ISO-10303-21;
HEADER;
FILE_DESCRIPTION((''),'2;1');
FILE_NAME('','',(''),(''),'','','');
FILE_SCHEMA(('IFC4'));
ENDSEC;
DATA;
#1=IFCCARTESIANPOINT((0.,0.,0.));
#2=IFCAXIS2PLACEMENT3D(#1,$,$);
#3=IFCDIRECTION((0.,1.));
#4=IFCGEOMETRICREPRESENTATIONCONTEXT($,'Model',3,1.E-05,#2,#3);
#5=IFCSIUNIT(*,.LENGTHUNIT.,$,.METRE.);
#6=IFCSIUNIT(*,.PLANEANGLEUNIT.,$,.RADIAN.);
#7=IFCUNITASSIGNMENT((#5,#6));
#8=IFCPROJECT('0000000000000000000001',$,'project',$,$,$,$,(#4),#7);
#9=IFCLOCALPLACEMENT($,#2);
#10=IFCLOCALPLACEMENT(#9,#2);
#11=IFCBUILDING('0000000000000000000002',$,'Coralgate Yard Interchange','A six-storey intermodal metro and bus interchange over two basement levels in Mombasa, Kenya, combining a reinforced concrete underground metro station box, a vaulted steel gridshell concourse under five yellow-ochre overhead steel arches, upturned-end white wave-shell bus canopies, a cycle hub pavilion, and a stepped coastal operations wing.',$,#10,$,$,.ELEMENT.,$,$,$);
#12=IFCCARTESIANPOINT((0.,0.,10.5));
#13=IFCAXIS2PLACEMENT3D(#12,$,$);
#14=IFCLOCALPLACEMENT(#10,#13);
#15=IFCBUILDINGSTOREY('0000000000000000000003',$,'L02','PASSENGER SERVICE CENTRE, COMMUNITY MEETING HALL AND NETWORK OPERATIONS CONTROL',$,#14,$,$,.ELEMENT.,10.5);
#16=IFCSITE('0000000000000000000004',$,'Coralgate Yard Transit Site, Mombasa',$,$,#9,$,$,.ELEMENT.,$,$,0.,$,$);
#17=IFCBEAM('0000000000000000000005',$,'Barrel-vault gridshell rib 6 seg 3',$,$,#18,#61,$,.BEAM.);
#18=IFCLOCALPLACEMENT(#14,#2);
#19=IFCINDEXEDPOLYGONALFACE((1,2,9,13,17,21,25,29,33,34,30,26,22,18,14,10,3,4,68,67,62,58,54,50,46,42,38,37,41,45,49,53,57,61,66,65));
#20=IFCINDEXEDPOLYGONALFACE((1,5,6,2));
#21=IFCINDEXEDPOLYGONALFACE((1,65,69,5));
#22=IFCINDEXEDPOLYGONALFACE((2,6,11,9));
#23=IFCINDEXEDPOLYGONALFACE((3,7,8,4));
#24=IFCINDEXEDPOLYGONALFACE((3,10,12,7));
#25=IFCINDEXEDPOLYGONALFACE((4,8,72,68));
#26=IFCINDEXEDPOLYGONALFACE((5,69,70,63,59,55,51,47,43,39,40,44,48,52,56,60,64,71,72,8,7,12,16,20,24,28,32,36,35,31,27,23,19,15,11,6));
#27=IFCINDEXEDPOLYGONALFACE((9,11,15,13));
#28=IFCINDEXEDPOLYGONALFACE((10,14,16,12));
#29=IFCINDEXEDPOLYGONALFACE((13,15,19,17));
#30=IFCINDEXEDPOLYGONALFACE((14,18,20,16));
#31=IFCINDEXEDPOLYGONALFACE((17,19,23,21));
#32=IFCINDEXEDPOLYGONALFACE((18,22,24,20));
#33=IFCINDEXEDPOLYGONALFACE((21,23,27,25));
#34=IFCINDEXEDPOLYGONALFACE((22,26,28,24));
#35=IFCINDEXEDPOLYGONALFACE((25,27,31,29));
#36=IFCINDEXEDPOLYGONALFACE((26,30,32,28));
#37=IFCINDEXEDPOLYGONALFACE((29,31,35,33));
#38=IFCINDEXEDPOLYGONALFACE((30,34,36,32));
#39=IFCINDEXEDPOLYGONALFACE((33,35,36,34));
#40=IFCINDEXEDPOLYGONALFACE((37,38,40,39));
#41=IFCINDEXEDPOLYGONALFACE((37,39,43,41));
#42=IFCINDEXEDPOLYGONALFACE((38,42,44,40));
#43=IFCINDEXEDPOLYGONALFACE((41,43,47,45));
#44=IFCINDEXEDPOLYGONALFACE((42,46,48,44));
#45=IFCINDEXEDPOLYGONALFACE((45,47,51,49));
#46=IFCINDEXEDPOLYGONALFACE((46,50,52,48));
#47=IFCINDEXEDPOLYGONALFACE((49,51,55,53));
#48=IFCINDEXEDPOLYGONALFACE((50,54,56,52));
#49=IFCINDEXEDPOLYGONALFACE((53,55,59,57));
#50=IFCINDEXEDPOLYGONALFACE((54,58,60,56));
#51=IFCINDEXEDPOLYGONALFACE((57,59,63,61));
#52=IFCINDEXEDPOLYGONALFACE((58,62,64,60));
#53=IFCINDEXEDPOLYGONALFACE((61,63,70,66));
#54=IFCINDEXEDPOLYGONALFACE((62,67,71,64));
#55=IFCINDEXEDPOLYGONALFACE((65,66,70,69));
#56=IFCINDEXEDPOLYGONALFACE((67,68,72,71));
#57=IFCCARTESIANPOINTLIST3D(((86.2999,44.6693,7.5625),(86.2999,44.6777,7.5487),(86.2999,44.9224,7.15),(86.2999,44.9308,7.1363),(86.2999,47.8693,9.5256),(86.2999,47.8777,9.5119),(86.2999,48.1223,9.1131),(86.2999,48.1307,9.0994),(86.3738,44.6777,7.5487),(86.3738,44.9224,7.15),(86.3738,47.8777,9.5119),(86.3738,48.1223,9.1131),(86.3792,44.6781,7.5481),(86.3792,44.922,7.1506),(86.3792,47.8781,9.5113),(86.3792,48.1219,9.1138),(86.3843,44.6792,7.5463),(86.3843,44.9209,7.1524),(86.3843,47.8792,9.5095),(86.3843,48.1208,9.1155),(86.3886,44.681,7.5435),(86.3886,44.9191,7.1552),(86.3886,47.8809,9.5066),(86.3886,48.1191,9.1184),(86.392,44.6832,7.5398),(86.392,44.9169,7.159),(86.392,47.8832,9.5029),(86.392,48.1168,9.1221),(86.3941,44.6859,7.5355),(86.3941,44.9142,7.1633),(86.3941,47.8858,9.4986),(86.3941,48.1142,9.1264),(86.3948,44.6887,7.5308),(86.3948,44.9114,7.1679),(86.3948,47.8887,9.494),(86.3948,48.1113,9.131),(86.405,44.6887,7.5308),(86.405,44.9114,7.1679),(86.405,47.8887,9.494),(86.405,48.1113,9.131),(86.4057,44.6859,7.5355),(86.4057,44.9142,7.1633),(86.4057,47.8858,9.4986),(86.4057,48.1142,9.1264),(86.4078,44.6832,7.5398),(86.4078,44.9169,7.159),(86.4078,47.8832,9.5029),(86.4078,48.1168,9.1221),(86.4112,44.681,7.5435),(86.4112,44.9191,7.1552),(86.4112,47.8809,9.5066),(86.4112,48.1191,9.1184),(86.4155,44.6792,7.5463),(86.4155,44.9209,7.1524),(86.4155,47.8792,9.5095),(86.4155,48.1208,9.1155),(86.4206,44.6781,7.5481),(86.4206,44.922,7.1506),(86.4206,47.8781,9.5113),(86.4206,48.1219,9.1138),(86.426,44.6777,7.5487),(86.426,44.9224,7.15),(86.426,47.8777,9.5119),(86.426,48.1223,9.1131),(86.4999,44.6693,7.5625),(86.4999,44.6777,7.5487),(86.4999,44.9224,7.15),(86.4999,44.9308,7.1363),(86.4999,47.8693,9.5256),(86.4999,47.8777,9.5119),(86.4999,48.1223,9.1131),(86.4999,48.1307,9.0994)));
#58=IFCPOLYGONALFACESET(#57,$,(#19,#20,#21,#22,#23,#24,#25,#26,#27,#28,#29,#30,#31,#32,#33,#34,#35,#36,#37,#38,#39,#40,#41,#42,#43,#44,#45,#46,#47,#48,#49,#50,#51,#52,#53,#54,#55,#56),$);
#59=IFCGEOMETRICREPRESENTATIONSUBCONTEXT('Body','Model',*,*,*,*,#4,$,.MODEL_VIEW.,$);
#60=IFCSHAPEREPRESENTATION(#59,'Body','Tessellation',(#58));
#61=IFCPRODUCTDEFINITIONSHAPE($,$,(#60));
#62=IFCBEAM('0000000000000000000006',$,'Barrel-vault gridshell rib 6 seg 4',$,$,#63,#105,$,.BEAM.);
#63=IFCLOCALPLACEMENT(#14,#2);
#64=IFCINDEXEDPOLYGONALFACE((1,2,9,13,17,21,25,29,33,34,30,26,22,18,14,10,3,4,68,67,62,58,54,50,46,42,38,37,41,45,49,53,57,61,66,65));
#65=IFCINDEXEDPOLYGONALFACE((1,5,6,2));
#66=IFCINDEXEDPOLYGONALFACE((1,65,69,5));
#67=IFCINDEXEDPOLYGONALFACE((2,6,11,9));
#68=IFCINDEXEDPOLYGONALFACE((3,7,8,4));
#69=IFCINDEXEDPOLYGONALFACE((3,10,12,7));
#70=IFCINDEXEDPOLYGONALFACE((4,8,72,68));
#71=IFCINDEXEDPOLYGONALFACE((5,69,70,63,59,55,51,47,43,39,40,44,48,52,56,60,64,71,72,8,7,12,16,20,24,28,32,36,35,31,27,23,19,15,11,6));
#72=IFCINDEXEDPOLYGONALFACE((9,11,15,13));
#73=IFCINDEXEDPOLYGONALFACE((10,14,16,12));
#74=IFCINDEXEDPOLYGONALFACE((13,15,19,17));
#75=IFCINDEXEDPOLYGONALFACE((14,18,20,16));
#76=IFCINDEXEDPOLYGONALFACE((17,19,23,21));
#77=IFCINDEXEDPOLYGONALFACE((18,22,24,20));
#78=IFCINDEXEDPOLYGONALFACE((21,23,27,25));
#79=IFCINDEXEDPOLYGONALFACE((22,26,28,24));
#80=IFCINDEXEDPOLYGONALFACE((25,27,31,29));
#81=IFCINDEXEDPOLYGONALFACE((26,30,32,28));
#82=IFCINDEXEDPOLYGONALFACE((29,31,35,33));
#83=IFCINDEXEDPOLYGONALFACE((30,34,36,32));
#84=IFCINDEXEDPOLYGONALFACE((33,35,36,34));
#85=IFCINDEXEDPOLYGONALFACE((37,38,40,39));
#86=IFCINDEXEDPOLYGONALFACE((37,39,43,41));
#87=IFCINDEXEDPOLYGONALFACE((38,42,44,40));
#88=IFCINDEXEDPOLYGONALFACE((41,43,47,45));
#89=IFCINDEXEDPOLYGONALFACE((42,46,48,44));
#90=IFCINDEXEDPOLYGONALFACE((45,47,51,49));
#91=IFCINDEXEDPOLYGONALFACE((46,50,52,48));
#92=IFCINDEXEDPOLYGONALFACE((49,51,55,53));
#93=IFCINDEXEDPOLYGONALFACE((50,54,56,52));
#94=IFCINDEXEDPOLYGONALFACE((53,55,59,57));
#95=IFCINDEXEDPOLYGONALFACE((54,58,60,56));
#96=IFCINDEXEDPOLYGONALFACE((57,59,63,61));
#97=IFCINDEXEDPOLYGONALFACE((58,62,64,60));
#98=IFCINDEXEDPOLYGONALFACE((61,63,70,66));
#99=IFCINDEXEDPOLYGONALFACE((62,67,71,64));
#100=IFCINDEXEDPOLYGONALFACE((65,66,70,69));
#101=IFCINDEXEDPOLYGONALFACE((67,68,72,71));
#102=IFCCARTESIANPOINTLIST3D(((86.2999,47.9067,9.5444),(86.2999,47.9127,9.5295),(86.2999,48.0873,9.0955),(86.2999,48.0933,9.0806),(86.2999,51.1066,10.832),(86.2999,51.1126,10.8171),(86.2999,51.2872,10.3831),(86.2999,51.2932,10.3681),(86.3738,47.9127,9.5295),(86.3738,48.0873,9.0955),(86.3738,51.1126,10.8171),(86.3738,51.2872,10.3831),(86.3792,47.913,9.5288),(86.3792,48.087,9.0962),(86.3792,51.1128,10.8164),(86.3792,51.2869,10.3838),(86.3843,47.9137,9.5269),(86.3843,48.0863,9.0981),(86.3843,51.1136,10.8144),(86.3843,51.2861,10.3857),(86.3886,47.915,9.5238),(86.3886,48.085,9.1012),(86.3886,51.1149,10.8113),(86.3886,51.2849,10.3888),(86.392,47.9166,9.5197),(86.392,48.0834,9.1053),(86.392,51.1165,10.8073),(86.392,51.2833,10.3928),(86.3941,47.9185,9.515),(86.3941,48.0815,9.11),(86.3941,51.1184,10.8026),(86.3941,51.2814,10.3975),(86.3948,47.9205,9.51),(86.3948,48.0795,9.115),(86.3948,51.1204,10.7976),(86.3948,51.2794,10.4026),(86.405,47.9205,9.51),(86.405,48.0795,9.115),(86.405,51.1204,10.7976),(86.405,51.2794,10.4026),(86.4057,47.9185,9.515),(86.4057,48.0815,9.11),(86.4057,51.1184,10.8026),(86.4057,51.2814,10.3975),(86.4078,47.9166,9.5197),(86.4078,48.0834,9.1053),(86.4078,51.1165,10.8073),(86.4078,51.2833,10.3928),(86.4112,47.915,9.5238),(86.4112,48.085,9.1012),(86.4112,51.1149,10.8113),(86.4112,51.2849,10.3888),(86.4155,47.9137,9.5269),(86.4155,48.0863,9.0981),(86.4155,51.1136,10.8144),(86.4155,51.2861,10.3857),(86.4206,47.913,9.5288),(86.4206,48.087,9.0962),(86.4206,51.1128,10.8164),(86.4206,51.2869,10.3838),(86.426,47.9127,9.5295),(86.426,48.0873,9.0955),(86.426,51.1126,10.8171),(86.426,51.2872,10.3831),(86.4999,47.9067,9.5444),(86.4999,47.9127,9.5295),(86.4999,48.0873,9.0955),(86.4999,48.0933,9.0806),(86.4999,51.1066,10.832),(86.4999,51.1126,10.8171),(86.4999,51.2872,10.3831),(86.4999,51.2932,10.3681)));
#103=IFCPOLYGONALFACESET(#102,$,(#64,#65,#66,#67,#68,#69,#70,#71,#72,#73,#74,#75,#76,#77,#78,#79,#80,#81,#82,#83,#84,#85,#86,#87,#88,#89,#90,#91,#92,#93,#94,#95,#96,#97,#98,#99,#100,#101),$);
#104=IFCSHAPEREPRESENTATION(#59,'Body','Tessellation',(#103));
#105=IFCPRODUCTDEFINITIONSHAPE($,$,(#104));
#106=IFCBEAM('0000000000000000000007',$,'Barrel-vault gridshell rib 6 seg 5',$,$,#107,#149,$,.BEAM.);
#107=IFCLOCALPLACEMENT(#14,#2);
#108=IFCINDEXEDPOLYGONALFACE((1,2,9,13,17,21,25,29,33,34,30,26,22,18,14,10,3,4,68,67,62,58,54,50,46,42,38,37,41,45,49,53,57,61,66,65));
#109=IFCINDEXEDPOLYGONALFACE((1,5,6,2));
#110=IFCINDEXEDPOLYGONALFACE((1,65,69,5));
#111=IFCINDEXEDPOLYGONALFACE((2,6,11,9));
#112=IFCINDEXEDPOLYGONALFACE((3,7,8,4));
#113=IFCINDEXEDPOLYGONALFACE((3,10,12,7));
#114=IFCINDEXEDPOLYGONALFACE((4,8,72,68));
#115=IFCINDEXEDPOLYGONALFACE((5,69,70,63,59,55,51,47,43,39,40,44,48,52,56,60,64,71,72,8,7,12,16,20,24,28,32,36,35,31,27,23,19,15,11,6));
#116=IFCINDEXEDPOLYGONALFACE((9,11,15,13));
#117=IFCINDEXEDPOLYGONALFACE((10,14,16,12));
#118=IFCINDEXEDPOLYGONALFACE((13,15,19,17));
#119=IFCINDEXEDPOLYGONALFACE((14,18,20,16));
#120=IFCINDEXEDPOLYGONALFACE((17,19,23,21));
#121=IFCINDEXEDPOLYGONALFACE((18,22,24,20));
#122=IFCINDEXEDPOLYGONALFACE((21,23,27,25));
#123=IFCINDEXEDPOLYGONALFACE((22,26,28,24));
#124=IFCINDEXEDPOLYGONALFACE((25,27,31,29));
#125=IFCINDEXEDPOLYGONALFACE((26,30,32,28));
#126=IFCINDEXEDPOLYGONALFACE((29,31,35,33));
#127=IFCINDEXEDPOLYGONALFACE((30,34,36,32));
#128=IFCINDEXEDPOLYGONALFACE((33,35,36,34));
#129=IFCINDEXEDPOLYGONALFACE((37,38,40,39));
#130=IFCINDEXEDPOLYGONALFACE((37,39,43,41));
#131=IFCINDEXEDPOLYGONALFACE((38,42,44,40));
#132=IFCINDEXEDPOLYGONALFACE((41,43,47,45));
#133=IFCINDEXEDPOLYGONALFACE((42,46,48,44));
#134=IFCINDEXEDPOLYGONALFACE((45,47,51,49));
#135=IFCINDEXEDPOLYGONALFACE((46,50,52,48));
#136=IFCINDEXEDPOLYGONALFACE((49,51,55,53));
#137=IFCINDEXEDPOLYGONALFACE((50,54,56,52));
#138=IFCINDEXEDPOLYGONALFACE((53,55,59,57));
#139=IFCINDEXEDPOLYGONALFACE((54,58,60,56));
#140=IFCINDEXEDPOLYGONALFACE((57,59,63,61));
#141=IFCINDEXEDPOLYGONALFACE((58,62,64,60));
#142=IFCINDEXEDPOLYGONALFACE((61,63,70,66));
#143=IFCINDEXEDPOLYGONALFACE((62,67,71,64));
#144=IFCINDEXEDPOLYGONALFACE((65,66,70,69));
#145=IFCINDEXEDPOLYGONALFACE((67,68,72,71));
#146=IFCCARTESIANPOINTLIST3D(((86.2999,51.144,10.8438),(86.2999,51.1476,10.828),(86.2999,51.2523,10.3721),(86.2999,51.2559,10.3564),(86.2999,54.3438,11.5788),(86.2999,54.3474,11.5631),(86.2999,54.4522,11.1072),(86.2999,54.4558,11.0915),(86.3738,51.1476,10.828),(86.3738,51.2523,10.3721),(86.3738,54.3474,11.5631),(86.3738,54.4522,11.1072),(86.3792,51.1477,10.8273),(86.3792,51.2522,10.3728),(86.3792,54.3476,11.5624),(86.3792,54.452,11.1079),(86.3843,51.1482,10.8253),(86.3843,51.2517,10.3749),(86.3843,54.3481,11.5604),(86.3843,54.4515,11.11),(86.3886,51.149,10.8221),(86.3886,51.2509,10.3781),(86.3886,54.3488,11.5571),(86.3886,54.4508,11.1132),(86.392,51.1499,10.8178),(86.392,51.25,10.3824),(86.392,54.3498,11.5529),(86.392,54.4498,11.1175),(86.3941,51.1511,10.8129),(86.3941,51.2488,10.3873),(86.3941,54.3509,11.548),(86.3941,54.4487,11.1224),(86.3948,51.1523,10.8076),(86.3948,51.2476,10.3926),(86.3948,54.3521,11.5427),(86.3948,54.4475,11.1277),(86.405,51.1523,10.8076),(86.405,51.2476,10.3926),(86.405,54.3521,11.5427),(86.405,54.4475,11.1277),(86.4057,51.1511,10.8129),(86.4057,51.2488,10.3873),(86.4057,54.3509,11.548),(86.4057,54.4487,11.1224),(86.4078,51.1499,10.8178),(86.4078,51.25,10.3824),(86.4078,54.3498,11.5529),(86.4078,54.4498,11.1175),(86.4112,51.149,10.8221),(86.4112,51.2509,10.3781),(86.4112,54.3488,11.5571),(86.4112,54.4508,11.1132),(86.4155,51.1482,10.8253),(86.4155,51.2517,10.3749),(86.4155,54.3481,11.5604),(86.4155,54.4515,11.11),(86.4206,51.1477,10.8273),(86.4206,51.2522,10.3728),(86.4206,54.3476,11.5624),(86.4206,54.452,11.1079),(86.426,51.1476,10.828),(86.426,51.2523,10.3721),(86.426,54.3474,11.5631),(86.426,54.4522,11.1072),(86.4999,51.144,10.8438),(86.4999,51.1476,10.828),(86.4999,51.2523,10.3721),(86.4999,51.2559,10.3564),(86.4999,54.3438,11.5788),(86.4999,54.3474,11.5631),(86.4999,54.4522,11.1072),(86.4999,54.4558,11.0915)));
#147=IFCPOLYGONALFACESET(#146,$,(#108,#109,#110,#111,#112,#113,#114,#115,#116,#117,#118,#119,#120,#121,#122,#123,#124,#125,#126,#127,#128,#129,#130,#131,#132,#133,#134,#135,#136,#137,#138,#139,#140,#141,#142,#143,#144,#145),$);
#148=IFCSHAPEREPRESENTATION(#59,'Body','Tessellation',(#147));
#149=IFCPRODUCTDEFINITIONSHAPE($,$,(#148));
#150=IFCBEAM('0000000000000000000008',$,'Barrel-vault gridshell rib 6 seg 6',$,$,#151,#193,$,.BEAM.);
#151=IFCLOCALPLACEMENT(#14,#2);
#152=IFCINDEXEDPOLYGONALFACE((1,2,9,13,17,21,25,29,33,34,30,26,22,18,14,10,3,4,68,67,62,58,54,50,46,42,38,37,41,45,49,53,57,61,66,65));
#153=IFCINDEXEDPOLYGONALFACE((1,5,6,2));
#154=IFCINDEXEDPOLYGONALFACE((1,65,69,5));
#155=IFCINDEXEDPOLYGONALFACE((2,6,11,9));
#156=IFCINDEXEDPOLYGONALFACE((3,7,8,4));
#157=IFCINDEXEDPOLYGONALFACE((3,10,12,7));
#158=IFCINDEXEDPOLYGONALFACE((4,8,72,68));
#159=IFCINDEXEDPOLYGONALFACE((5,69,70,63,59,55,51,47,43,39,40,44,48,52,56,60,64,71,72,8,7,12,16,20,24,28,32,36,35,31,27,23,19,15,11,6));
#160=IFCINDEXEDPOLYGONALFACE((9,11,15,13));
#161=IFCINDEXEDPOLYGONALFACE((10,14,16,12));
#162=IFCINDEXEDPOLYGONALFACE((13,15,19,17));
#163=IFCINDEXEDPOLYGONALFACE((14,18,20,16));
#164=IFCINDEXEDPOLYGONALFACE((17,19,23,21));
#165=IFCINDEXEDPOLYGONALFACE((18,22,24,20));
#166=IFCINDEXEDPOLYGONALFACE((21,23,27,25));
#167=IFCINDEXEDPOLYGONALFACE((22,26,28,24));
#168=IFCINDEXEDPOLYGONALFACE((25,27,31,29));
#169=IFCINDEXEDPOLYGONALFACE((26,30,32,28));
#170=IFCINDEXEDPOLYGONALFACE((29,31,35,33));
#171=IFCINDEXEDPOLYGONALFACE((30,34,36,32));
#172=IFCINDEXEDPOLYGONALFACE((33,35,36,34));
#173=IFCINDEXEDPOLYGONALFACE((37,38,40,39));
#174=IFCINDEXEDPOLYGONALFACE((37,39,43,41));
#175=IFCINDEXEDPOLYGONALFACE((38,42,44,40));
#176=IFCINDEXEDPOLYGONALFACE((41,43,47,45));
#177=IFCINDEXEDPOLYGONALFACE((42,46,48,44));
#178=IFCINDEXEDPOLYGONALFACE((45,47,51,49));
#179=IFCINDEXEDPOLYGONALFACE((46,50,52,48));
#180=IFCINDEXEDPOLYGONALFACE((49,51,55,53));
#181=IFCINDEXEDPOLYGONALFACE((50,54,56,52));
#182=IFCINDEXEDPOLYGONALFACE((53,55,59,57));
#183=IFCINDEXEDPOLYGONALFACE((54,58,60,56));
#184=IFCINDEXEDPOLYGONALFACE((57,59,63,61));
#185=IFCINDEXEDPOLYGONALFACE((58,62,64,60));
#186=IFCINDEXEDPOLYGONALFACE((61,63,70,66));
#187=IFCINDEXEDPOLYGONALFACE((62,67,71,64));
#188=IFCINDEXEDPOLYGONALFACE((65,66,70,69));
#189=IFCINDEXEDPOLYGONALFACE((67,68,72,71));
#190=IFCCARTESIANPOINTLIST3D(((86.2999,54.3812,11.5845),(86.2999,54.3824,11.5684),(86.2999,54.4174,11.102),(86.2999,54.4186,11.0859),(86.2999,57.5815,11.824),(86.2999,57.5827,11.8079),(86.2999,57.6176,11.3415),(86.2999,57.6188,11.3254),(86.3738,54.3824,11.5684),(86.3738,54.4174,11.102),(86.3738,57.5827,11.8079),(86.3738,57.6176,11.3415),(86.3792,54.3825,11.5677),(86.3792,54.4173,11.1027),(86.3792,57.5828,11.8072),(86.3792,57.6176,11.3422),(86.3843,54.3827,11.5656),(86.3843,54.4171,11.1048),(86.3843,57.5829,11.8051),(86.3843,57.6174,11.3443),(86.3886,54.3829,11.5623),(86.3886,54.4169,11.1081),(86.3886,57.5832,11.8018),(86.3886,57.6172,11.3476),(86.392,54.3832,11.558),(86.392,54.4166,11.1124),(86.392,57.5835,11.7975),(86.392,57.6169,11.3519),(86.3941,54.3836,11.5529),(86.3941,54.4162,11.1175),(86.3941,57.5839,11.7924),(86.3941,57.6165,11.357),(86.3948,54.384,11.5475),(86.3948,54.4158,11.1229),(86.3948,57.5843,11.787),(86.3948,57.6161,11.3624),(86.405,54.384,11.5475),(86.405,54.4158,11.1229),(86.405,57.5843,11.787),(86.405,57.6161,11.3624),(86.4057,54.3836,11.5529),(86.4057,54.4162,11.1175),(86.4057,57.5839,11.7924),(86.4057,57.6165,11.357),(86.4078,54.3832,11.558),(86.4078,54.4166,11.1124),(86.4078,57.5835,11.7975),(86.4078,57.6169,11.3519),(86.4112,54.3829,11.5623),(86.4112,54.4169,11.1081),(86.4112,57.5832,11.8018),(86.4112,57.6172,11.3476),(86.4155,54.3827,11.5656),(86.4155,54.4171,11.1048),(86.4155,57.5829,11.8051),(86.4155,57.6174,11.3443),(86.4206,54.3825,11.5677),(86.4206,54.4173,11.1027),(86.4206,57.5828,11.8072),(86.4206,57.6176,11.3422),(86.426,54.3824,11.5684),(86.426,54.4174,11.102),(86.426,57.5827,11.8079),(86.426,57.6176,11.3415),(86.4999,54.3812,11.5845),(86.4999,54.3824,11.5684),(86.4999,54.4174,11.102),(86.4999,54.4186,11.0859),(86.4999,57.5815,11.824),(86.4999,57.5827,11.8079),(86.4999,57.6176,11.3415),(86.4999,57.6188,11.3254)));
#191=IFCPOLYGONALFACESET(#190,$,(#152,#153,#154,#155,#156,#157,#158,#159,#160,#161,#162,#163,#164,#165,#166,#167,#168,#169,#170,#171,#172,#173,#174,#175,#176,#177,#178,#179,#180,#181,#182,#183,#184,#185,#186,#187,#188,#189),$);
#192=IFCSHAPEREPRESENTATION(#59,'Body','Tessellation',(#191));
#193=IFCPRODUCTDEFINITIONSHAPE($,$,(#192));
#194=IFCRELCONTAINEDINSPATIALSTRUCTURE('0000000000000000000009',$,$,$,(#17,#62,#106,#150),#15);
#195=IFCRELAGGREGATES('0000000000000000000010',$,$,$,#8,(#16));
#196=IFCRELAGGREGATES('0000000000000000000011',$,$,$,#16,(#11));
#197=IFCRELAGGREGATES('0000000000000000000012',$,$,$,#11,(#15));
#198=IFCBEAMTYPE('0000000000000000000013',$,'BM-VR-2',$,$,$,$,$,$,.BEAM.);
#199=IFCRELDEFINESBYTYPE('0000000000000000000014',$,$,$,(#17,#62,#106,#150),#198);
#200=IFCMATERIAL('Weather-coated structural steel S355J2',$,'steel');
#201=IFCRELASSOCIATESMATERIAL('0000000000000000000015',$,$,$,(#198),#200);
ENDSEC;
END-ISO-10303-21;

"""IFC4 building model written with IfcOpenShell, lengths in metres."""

from ifc_helpers import new_model, si_unit, direction, frame, origin, origin_2d, place, context, subcontext, project, spatial, i_section, extrude, material, material_profile, profile_set, type_object, element, save


model = new_model("IFC4")

# Units and contexts
model_context = context("Model", 3, precision=1e-05, world=origin(), true_north=direction((0.0, 1.0)))
body_context = subcontext(model_context, "Body", "Model", "MODEL_VIEW")
ifc_project = project(units=[si_unit("LENGTHUNIT", "METRE"), si_unit("PLANEANGLEUNIT", "RADIAN")], contexts=[model_context])

# Site, building, storey
site_placement = place(None, origin())
site = spatial("IfcSite", under=ifc_project, at=site_placement, Name="Coralgate Yard Transit Site, Mombasa", CompositionType="ELEMENT", RefElevation=0.0)
building_placement = place(site_placement, origin())
building = spatial("IfcBuilding", under=site, at=building_placement, Name="Coralgate Yard Interchange", Description="A six-storey intermodal metro and bus interchange over two basement levels in Mombasa, Kenya, combining a reinforced concrete underground metro station box, a vaulted steel gridshell concourse under five yellow-ochre overhead steel arches, upturned-end white wave-shell bus canopies, a cycle hub pavilion, and a stepped coastal operations wing.", CompositionType="ELEMENT")
storey_placement = place(building_placement, frame((0.0, 0.0, 10.5)))
storey = spatial("IfcBuildingStorey", under=building, at=storey_placement, Name="L02", Description="PASSENGER SERVICE CENTRE, COMMUNITY MEETING HALL AND NETWORK OPERATIONS CONTROL", CompositionType="ELEMENT", Elevation=10.5)

# Beams
ifc_material_1 = material(Name="Weather-coated structural steel S355J2", Category="steel")
ifc_material_profile_1 = material_profile(ifc_material_1, i_section(OverallWidth=0.2, OverallDepth=0.5, WebThickness=0.0103, FlangeThickness=0.0161, FilletRadius=0.021, at=origin_2d()), Name="IPE 500")
ifc_profile_set_1 = profile_set([ifc_material_profile_1], Name="Weather-coated structural steel S355J2")
beam_type_1 = type_object("IfcBeamType", Name="BM-VR-2", PredefinedType="BEAM", material=ifc_profile_set_1)
beam_1_placement = place(storey_placement, frame((86.3999, 44.8, 7.3494), z_axis=(0.0, 0.852379, 0.522925), x_axis=(-1.0, 0.0, 0.0)))
element("IfcBeam", 1, at=beam_1_placement, inside=storey, type_object=beam_type_1, Name="Barrel-vault gridshell rib 6 seg 3", PredefinedType="BEAM", context=body_context, shape_type="SweptSolid", body=[
    extrude(i_section(OverallWidth=0.2, OverallDepth=0.5, WebThickness=0.0103, FlangeThickness=0.0161, FilletRadius=0.021, at=origin_2d()), origin(), (0.0, 0.0, 1.0), 3.7542),
])
beam_2_placement = place(storey_placement, frame((86.3999, 48.0, 9.3125), z_axis=(0.0, 0.927713, 0.373294), x_axis=(-1.0, 0.0, 0.0)))
element("IfcBeam", 2, at=beam_2_placement, inside=storey, type_object=beam_type_1, Name="Barrel-vault gridshell rib 6 seg 4", PredefinedType="BEAM", context=body_context, shape_type="SweptSolid", body=[
    extrude(i_section(OverallWidth=0.2, OverallDepth=0.5, WebThickness=0.0103, FlangeThickness=0.0161, FilletRadius=0.021, at=origin_2d()), origin(), (0.0, 0.0, 1.0), 3.4492),
])
beam_3_placement = place(storey_placement, frame((86.3999, 51.2, 10.6001), z_axis=(0.0, 0.974614, 0.223893), x_axis=(-1.0, 0.0, 0.0)))
element("IfcBeam", 3, at=beam_3_placement, inside=storey, type_object=beam_type_1, Name="Barrel-vault gridshell rib 6 seg 5", PredefinedType="BEAM", context=body_context, shape_type="SweptSolid", body=[
    extrude(i_section(OverallWidth=0.2, OverallDepth=0.5, WebThickness=0.0103, FlangeThickness=0.0161, FilletRadius=0.021, at=origin_2d()), origin(), (0.0, 0.0, 1.0), 3.2832),
])
beam_4_placement = place(storey_placement, frame((86.3999, 54.3999, 11.3352), z_axis=(0.0, 0.997211, 0.074631), x_axis=(-1.0, 0.0, 0.0)))
element("IfcBeam", 4, at=beam_4_placement, inside=storey, type_object=beam_type_1, Name="Barrel-vault gridshell rib 6 seg 6", PredefinedType="BEAM", context=body_context, shape_type="SweptSolid", body=[
    extrude(i_section(OverallWidth=0.2, OverallDepth=0.5, WebThickness=0.0103, FlangeThickness=0.0161, FilletRadius=0.021, at=origin_2d()), origin(), (0.0, 0.0, 1.0), 3.2092),
])

save(model, "model.ifc")
